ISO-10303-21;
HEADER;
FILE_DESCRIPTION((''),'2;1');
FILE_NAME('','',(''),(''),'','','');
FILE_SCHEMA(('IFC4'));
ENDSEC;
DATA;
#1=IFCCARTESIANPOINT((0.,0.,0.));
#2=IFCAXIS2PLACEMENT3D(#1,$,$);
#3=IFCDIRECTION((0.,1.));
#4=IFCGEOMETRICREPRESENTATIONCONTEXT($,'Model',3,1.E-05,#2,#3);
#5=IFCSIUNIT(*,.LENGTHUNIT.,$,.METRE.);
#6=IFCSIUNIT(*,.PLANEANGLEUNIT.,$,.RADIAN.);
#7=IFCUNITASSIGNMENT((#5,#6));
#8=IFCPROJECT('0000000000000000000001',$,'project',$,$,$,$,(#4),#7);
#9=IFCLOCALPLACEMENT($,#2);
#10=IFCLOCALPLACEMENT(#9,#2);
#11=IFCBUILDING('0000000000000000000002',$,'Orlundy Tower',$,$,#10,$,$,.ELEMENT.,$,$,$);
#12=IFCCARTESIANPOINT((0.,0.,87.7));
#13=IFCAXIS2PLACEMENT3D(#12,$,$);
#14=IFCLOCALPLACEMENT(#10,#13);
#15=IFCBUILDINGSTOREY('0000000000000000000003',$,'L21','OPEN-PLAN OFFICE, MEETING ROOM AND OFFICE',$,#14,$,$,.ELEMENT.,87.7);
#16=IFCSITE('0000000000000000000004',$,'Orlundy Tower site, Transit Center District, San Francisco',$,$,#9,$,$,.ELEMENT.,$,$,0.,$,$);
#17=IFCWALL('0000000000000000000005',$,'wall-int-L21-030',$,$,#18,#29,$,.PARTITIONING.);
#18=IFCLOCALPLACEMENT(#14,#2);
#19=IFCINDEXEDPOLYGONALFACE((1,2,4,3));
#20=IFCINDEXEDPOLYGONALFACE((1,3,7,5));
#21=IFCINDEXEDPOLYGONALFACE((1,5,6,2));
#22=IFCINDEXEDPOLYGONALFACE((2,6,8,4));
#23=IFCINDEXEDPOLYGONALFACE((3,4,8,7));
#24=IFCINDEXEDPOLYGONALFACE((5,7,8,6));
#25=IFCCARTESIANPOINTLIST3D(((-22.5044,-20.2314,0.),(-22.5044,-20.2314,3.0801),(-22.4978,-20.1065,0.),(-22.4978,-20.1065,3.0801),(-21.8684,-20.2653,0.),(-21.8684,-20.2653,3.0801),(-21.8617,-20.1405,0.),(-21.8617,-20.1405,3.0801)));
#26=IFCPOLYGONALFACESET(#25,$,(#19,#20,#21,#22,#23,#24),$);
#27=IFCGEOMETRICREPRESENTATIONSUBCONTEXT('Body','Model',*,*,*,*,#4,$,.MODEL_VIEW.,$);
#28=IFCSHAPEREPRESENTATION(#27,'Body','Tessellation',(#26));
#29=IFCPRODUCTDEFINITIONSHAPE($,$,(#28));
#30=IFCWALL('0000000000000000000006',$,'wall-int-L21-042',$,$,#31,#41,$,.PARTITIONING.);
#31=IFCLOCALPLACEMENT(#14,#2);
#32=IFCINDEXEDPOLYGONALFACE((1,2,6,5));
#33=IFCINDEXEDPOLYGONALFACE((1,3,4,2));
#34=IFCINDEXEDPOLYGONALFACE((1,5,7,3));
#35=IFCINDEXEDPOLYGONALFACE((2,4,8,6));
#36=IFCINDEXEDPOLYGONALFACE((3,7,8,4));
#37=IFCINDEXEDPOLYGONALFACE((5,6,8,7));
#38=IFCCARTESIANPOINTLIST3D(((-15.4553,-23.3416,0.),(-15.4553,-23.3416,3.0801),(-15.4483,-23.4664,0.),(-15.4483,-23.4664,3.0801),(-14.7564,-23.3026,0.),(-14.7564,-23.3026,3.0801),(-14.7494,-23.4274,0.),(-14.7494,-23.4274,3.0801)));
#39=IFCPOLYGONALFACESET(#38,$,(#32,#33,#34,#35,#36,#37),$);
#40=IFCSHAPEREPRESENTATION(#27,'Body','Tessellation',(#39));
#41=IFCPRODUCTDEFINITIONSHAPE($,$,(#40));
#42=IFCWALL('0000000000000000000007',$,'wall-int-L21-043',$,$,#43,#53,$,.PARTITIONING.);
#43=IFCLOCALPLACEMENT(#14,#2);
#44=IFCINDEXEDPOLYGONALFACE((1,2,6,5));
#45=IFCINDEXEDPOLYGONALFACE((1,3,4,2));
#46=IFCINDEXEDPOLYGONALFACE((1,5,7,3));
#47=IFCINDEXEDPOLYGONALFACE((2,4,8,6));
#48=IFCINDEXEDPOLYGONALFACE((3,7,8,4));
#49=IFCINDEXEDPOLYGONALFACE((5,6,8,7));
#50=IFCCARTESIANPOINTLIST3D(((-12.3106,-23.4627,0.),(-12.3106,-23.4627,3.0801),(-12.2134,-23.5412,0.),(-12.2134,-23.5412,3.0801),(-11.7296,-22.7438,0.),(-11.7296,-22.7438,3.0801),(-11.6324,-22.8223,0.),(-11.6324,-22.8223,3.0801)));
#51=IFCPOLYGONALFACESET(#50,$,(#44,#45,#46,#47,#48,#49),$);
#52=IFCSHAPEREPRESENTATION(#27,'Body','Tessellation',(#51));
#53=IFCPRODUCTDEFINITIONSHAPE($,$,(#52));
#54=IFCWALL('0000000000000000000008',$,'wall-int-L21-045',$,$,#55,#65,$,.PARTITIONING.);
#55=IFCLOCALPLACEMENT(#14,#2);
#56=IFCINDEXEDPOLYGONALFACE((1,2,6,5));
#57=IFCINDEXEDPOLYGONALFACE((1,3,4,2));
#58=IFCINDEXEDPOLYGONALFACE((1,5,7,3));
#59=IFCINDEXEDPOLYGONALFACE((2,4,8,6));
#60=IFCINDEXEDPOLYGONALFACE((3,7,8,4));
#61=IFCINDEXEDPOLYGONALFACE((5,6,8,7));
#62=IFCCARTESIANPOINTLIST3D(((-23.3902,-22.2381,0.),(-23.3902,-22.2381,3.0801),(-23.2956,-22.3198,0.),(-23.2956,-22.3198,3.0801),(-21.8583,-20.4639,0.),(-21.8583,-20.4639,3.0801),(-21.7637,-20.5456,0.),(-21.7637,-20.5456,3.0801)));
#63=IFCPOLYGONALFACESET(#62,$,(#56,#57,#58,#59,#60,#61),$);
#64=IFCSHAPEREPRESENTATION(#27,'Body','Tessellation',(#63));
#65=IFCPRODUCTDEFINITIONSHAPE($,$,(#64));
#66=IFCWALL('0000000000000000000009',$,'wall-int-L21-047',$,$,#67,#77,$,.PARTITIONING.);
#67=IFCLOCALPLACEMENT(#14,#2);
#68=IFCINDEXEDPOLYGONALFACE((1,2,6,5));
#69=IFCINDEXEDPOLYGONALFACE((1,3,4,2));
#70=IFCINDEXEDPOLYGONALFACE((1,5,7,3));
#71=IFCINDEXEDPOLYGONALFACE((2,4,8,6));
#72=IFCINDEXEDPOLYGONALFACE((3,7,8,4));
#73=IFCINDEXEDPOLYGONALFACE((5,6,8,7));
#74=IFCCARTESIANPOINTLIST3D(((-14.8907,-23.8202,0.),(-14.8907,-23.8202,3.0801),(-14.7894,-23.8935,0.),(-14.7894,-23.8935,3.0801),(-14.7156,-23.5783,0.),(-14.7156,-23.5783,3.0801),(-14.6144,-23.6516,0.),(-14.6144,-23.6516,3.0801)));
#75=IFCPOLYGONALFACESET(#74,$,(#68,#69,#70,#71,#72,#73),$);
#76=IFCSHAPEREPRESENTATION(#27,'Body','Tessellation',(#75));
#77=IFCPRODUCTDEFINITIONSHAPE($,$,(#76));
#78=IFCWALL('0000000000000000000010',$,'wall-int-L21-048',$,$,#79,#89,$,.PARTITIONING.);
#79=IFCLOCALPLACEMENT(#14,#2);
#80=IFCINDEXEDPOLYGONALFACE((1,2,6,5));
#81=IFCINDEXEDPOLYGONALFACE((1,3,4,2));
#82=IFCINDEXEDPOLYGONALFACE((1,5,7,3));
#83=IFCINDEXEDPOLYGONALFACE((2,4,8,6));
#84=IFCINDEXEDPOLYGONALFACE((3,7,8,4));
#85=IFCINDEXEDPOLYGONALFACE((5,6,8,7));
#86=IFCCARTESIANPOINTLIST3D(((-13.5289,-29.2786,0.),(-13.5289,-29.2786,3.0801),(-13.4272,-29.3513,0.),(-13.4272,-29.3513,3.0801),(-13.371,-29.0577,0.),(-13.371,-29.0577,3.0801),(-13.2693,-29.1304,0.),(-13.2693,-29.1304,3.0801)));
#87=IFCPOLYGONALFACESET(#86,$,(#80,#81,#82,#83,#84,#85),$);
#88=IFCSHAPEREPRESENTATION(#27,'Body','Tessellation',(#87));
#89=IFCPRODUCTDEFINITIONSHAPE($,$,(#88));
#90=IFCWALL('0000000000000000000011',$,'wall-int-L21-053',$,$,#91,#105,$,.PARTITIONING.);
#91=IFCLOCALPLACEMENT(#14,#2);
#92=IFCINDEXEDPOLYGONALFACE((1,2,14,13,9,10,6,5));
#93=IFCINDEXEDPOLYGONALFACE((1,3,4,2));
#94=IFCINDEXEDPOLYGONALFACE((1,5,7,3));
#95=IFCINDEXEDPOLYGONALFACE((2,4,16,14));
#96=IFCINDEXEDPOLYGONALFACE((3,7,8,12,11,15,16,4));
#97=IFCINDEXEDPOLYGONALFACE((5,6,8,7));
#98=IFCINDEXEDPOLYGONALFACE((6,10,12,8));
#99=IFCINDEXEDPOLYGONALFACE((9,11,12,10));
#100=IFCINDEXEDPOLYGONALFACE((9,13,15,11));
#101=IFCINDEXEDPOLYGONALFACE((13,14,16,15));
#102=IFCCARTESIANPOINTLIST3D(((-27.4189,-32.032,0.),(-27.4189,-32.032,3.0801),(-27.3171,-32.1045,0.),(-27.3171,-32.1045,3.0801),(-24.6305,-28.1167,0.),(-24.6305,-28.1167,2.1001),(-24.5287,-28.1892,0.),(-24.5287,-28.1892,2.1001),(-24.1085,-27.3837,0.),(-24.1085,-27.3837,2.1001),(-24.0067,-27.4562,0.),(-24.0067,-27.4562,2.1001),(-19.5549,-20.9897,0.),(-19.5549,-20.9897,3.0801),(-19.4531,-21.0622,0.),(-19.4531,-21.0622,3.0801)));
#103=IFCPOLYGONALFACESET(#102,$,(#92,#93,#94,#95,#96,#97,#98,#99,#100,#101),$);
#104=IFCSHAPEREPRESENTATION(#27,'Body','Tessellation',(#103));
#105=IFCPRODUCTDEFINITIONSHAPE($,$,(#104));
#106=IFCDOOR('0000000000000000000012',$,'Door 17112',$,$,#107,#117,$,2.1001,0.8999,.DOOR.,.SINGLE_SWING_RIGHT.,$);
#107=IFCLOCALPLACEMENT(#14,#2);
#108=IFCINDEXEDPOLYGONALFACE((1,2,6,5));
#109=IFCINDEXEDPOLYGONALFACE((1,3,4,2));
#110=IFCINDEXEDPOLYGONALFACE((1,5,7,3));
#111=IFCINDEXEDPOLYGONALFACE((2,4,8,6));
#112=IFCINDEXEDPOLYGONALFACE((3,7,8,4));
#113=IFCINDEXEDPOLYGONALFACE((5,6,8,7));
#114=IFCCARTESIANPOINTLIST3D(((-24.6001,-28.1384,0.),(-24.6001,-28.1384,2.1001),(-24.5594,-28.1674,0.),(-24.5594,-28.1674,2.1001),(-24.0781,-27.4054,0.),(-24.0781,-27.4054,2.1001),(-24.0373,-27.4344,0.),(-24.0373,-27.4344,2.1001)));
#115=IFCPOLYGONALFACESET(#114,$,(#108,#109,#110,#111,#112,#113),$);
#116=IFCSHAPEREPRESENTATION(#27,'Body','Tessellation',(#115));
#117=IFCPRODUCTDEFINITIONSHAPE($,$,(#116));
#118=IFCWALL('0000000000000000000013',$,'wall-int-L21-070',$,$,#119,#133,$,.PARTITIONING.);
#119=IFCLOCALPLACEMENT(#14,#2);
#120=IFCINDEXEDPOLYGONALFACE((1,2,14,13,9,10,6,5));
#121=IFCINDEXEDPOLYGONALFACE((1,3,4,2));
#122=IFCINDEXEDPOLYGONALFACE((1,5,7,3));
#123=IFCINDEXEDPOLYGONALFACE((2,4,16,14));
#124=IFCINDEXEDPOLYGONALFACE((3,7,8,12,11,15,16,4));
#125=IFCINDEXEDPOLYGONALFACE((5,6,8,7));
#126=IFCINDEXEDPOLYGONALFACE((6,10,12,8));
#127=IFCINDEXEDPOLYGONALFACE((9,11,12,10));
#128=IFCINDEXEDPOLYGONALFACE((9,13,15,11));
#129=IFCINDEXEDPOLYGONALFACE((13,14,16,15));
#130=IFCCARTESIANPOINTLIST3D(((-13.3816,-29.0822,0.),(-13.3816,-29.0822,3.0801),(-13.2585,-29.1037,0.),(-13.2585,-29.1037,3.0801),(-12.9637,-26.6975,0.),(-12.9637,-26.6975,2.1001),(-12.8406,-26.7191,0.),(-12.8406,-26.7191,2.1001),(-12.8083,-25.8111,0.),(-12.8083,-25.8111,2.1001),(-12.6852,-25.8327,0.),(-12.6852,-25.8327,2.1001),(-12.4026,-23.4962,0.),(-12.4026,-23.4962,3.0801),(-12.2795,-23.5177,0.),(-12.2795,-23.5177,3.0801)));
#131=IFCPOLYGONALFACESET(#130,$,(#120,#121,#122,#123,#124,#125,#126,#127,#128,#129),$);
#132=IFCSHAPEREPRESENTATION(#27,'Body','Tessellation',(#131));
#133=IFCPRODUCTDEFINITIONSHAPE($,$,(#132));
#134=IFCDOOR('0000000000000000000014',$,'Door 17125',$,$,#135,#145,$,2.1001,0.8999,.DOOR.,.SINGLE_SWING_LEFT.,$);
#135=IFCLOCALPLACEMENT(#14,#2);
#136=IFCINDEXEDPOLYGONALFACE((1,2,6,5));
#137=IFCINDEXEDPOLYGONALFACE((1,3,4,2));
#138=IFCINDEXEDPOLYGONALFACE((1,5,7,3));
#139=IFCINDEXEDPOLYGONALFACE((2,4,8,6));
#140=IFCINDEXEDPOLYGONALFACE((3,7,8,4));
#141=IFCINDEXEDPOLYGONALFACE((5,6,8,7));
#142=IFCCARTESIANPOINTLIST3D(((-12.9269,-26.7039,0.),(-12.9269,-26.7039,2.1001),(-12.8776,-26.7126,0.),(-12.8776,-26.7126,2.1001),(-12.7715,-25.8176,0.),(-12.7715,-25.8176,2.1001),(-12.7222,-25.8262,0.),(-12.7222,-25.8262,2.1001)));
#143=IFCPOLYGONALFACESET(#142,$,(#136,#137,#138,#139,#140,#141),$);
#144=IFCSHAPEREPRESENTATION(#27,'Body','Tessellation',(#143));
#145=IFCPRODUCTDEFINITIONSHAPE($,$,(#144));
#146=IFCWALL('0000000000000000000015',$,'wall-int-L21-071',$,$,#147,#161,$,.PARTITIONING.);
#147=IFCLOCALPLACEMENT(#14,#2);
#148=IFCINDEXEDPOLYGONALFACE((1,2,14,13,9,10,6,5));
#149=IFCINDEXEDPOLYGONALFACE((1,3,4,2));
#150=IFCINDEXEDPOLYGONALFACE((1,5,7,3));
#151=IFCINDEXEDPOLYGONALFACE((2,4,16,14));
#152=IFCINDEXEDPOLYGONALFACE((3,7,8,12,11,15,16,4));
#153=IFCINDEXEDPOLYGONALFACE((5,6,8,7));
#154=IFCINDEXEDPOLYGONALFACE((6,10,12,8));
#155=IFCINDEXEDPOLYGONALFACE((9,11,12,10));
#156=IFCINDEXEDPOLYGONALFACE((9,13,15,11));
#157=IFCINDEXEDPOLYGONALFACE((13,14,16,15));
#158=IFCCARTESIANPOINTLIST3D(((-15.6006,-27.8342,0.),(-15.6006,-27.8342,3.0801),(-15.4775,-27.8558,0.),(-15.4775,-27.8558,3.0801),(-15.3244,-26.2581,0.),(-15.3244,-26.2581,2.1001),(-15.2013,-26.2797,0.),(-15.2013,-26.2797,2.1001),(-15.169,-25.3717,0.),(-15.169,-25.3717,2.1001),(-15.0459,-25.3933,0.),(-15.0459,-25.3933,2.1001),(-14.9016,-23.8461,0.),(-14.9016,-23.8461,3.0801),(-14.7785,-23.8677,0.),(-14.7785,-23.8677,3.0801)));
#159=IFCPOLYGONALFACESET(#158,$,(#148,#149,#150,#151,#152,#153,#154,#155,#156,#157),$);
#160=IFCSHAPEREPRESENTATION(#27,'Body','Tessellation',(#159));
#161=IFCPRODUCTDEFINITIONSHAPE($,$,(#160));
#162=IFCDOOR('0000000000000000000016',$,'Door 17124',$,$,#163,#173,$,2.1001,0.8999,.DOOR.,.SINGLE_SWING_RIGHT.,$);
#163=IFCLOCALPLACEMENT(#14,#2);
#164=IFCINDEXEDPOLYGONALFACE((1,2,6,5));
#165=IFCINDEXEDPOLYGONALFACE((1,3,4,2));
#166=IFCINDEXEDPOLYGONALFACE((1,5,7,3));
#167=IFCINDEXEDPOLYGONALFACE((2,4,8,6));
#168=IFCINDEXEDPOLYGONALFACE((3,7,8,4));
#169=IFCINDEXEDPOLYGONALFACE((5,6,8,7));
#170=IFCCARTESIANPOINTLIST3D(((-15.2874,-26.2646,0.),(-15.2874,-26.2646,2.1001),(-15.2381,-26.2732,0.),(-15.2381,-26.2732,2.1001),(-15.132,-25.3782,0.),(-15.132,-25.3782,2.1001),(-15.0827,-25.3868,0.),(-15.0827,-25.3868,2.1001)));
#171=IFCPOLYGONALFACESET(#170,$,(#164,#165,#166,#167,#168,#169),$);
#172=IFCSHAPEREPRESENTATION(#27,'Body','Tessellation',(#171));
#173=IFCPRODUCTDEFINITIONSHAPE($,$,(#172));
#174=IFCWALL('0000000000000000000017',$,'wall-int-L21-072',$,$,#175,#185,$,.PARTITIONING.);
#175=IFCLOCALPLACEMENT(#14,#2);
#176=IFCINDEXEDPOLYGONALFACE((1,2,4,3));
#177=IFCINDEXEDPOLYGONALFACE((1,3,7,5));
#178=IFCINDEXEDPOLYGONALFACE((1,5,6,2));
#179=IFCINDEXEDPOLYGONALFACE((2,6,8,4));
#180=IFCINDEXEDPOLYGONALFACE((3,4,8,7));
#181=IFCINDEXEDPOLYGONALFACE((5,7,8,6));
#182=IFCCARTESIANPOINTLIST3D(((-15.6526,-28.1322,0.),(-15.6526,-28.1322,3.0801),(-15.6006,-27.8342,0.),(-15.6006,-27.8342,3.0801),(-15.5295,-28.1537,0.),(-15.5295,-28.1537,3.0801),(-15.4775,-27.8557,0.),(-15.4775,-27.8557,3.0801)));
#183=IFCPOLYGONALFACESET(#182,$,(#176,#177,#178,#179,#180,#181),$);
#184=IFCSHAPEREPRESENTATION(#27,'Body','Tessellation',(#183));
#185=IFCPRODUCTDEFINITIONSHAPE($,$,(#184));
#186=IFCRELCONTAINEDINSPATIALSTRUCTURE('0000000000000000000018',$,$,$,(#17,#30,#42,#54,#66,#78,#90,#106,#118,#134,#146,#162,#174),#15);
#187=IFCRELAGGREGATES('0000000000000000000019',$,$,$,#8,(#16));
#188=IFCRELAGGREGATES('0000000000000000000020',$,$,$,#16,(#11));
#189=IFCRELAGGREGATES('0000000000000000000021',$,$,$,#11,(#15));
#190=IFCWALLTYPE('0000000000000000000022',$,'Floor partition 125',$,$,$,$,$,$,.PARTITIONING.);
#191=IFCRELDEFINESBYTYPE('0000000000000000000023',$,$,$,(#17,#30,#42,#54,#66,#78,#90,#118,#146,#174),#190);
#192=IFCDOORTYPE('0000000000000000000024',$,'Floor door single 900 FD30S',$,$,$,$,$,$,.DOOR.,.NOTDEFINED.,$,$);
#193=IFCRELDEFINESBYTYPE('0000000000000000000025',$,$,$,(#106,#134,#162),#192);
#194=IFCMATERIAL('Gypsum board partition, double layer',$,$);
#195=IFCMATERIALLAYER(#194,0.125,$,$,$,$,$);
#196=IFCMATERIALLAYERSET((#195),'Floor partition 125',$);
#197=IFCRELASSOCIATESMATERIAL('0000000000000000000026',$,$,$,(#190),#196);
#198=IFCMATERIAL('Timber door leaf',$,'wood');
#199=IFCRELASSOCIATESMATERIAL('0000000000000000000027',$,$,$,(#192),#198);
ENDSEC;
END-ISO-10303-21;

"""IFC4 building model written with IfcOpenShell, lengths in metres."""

from ifc_helpers import new_model, si_unit, direction, frame, frame_2d, origin, place, context, subcontext, project, spatial, rectangle, extrude, material, layer, layer_set, type_object, element, fill, save


model = new_model("IFC4")

# Units and contexts
model_context = context("Model", 3, precision=1e-05, world=origin(), true_north=direction((0.0, 1.0)))
body_context = subcontext(model_context, "Body", "Model", "MODEL_VIEW")
ifc_project = project(units=[si_unit("LENGTHUNIT", "METRE"), si_unit("PLANEANGLEUNIT", "RADIAN")], contexts=[model_context])

# Site, building, storey
site_placement = place(None, origin())
site = spatial("IfcSite", under=ifc_project, at=site_placement, Name="Orlundy Tower site, Transit Center District, San Francisco", CompositionType="ELEMENT", RefElevation=0.0)
building_placement = place(site_placement, origin())
building = spatial("IfcBuilding", under=site, at=building_placement, Name="Orlundy Tower", CompositionType="ELEMENT")
storey_placement = place(building_placement, frame((0.0, 0.0, 87.7)))
storey = spatial("IfcBuildingStorey", under=building, at=storey_placement, Name="L21", Description="OPEN-PLAN OFFICE, MEETING ROOM AND OFFICE", CompositionType="ELEMENT", Elevation=87.7)

# Walls
ifc_material_1 = material(Name="Gypsum board partition, double layer")
ifc_layer_1 = layer(ifc_material_1, 0.125)
ifc_layer_set_1 = layer_set([ifc_layer_1], Name="Floor partition 125")
wall_type_1 = type_object("IfcWallType", Name="Floor partition 125", PredefinedType="PARTITIONING", material=ifc_layer_set_1)
wall_1_placement = place(storey_placement, frame((-22.501, -20.1689, 0.0), z_axis=(0.0, 0.0, 1.0), x_axis=(0.998579, -0.053283, 0.0)))
element("IfcWall", 1, at=wall_1_placement, inside=storey, type_object=wall_type_1, Name="wall-int-L21-030", PredefinedType="PARTITIONING", context=body_context, shape_type="SweptSolid", body=[
    extrude(rectangle(XDim=0.637, YDim=0.125, at=frame_2d((0.3184, 0.0))), origin(), (0.0, 0.0, 1.0), 3.0801),
])
wall_2_placement = place(storey_placement, frame((-15.4519, -23.4041, 0.0), z_axis=(0.0, 0.0, 1.0), x_axis=(0.998442, 0.055798, 0.0)))
element("IfcWall", 2, at=wall_2_placement, inside=storey, type_object=wall_type_1, Name="wall-int-L21-042", PredefinedType="PARTITIONING", context=body_context, shape_type="SweptSolid", body=[
    extrude(rectangle(XDim=0.7, YDim=0.125, at=frame_2d((0.3501, 0.0))), origin(), (0.0, 0.0, 1.0), 3.0801),
])
wall_3_placement = place(storey_placement, frame((-12.262, -23.502, 0.0), z_axis=(0.0, 0.0, 1.0), x_axis=(0.628552, 0.777767, 0.0)))
element("IfcWall", 3, at=wall_3_placement, inside=storey, type_object=wall_type_1, Name="wall-int-L21-043", PredefinedType="PARTITIONING", context=body_context, shape_type="SweptSolid", body=[
    extrude(rectangle(XDim=0.9243, YDim=0.125, at=frame_2d((0.4622, 0.0))), origin(), (0.0, 0.0, 1.0), 3.0801),
])
wall_4_placement = place(storey_placement, frame((-21.811, -20.5049, 0.0), z_axis=(0.0, 0.0, 1.0), x_axis=(-0.653557, -0.756877, 0.0)))
element("IfcWall", 4, at=wall_4_placement, inside=storey, type_object=wall_type_1, Name="wall-int-L21-045", PredefinedType="PARTITIONING", context=body_context, shape_type="SweptSolid", body=[
    extrude(rectangle(XDim=2.344, YDim=0.125, at=frame_2d((1.1719, 0.0))), origin(), (0.0, 0.0, 1.0), 3.0801),
])
wall_5_placement = place(storey_placement, frame((-14.8401, -23.8569, 0.0), z_axis=(0.0, 0.0, 1.0), x_axis=(0.586177, 0.810183, 0.0)))
element("IfcWall", 5, at=wall_5_placement, inside=storey, type_object=wall_type_1, Name="wall-int-L21-047", PredefinedType="PARTITIONING", context=body_context, shape_type="SweptSolid", body=[
    extrude(rectangle(XDim=0.2986, YDim=0.125, at=frame_2d((0.1494, 0.0))), origin(), (0.0, 0.0, 1.0), 3.0801),
])
wall_6_placement = place(storey_placement, frame((-13.478, -29.3149, 0.0), z_axis=(0.0, 0.0, 1.0), x_axis=(0.581578, 0.81349, 0.0)))
element("IfcWall", 6, at=wall_6_placement, inside=storey, type_object=wall_type_1, Name="wall-int-L21-048", PredefinedType="PARTITIONING", context=body_context, shape_type="SweptSolid", body=[
    extrude(rectangle(XDim=0.2715, YDim=0.125, at=frame_2d((0.1357, 0.0))), origin(), (0.0, 0.0, 1.0), 3.0801),
])

# Walls, openings, doors
wall_7_placement = place(storey_placement, frame((-19.5039, -21.0259, 0.0), z_axis=(0.0, 0.0, 1.0), x_axis=(-0.5801, -0.814546, 0.0)))
wall_7 = element("IfcWall", 7, at=wall_7_placement, inside=storey, type_object=wall_type_1, Name="wall-int-L21-053", PredefinedType="PARTITIONING", context=body_context, shape_type="SweptSolid", body=[
    extrude(rectangle(XDim=13.5564, YDim=0.125, at=frame_2d((6.7783, 0.0))), origin(), (0.0, 0.0, 1.0), 3.0801),
])
opening_1_placement = place(wall_7_placement, frame((7.8499, 0.0, 0.0)))
opening_1 = element("IfcOpeningElement", 8, at=opening_1_placement, cuts=wall_7, PredefinedType="OPENING", context=body_context, shape_type="SweptSolid", body=[
    extrude(rectangle(XDim=0.8999, YDim=2.1001, at=frame_2d((0.45, 1.05))), frame((0.0, 0.0725, 0.0), z_axis=(0.0, -1.0, 0.0), x_axis=(1.0, 0.0, 0.0)), (0.0, 0.0, 1.0), 0.145),
])
ifc_material_2 = material(Name="Timber door leaf", Category="wood")
door_type_1 = type_object("IfcDoorType", Name="Floor door single 900 FD30S", OperationType="NOTDEFINED", PredefinedType="DOOR", material=ifc_material_2)
door_1_placement = place(opening_1_placement, origin())
door_1 = element("IfcDoor", 9, at=door_1_placement, inside=storey, type_object=door_type_1, Name="Door 17112", OperationType="SINGLE_SWING_RIGHT", OverallHeight=2.1001, OverallWidth=0.8999, PredefinedType="DOOR", context=body_context, shape_type="SweptSolid", body=[
    extrude(rectangle(XDim=0.8999, YDim=2.1001, at=frame_2d((0.45, 1.05))), frame((0.0, 0.0249, 0.0), z_axis=(0.0, -1.0, 0.0), x_axis=(1.0, 0.0, 0.0)), (0.0, 0.0, 1.0), 0.05),
])
fill(opening_1, door_1)
wall_8_placement = place(storey_placement, frame((-12.3411, -23.5071, 0.0), z_axis=(0.0, 0.0, 1.0), x_axis=(-0.172631, -0.984987, 0.0)))
wall_8 = element("IfcWall", 10, at=wall_8_placement, inside=storey, type_object=wall_type_1, Name="wall-int-L21-070", PredefinedType="PARTITIONING", context=body_context, shape_type="SweptSolid", body=[
    extrude(rectangle(XDim=5.6711, YDim=0.125, at=frame_2d((2.8354, 0.0))), origin(), (0.0, 0.0, 1.0), 3.0801),
])
opening_2_placement = place(wall_8_placement, frame((2.3501, 0.0, 0.0)))
opening_2 = element("IfcOpeningElement", 11, at=opening_2_placement, cuts=wall_8, PredefinedType="OPENING", context=body_context, shape_type="SweptSolid", body=[
    extrude(rectangle(XDim=0.8999, YDim=2.1001, at=frame_2d((0.45, 1.05))), frame((0.0, 0.0725, 0.0), z_axis=(0.0, -1.0, 0.0), x_axis=(1.0, 0.0, 0.0)), (0.0, 0.0, 1.0), 0.145),
])
door_2_placement = place(opening_2_placement, origin())
door_2 = element("IfcDoor", 12, at=door_2_placement, inside=storey, type_object=door_type_1, Name="Door 17125", OperationType="SINGLE_SWING_LEFT", OverallHeight=2.1001, OverallWidth=0.8999, PredefinedType="DOOR", context=body_context, shape_type="SweptSolid", body=[
    extrude(rectangle(XDim=0.8999, YDim=2.1001, at=frame_2d((0.45, 1.05))), frame((0.0, 0.0249, 0.0), z_axis=(0.0, -1.0, 0.0), x_axis=(1.0, 0.0, 0.0)), (0.0, 0.0, 1.0), 0.05),
])
fill(opening_2, door_2)
wall_9_placement = place(storey_placement, frame((-15.5391, -27.845, 0.0), z_axis=(0.0, 0.0, 1.0), x_axis=(0.172636, 0.984986, 0.0)))
wall_9 = element("IfcWall", 13, at=wall_9_placement, inside=storey, type_object=wall_type_1, Name="wall-int-L21-071", PredefinedType="PARTITIONING", context=body_context, shape_type="SweptSolid", body=[
    extrude(rectangle(XDim=4.0488, YDim=0.125, at=frame_2d((2.0244, 0.0))), origin(), (0.0, 0.0, 1.0), 3.0801),
])
opening_3_placement = place(wall_9_placement, frame((1.6001, 0.0, 0.0)))
opening_3 = element("IfcOpeningElement", 14, at=opening_3_placement, cuts=wall_9, PredefinedType="OPENING", context=body_context, shape_type="SweptSolid", body=[
    extrude(rectangle(XDim=0.8999, YDim=2.1001, at=frame_2d((0.45, 1.05))), frame((0.0, 0.0725, 0.0), z_axis=(0.0, -1.0, 0.0), x_axis=(1.0, 0.0, 0.0)), (0.0, 0.0, 1.0), 0.145),
])
door_3_placement = place(opening_3_placement, origin())
door_3 = element("IfcDoor", 15, at=door_3_placement, inside=storey, type_object=door_type_1, Name="Door 17124", OperationType="SINGLE_SWING_RIGHT", OverallHeight=2.1001, OverallWidth=0.8999, PredefinedType="DOOR", context=body_context, shape_type="SweptSolid", body=[
    extrude(rectangle(XDim=0.8999, YDim=2.1001, at=frame_2d((0.45, 1.05))), frame((0.0, 0.0249, 0.0), z_axis=(0.0, -1.0, 0.0), x_axis=(1.0, 0.0, 0.0)), (0.0, 0.0, 1.0), 0.05),
])
fill(opening_3, door_3)

# Wall
wall_10_placement = place(storey_placement, frame((-15.5911, -28.1431, 0.0), z_axis=(0.0, 0.0, 1.0), x_axis=(0.171852, 0.985123, 0.0)))
element("IfcWall", 16, at=wall_10_placement, inside=storey, type_object=wall_type_1, Name="wall-int-L21-072", PredefinedType="PARTITIONING", context=body_context, shape_type="SweptSolid", body=[
    extrude(rectangle(XDim=0.3025, YDim=0.125, at=frame_2d((0.1514, 0.0))), origin(), (0.0, 0.0, 1.0), 3.0801),
])

save(model, "model.ifc")
